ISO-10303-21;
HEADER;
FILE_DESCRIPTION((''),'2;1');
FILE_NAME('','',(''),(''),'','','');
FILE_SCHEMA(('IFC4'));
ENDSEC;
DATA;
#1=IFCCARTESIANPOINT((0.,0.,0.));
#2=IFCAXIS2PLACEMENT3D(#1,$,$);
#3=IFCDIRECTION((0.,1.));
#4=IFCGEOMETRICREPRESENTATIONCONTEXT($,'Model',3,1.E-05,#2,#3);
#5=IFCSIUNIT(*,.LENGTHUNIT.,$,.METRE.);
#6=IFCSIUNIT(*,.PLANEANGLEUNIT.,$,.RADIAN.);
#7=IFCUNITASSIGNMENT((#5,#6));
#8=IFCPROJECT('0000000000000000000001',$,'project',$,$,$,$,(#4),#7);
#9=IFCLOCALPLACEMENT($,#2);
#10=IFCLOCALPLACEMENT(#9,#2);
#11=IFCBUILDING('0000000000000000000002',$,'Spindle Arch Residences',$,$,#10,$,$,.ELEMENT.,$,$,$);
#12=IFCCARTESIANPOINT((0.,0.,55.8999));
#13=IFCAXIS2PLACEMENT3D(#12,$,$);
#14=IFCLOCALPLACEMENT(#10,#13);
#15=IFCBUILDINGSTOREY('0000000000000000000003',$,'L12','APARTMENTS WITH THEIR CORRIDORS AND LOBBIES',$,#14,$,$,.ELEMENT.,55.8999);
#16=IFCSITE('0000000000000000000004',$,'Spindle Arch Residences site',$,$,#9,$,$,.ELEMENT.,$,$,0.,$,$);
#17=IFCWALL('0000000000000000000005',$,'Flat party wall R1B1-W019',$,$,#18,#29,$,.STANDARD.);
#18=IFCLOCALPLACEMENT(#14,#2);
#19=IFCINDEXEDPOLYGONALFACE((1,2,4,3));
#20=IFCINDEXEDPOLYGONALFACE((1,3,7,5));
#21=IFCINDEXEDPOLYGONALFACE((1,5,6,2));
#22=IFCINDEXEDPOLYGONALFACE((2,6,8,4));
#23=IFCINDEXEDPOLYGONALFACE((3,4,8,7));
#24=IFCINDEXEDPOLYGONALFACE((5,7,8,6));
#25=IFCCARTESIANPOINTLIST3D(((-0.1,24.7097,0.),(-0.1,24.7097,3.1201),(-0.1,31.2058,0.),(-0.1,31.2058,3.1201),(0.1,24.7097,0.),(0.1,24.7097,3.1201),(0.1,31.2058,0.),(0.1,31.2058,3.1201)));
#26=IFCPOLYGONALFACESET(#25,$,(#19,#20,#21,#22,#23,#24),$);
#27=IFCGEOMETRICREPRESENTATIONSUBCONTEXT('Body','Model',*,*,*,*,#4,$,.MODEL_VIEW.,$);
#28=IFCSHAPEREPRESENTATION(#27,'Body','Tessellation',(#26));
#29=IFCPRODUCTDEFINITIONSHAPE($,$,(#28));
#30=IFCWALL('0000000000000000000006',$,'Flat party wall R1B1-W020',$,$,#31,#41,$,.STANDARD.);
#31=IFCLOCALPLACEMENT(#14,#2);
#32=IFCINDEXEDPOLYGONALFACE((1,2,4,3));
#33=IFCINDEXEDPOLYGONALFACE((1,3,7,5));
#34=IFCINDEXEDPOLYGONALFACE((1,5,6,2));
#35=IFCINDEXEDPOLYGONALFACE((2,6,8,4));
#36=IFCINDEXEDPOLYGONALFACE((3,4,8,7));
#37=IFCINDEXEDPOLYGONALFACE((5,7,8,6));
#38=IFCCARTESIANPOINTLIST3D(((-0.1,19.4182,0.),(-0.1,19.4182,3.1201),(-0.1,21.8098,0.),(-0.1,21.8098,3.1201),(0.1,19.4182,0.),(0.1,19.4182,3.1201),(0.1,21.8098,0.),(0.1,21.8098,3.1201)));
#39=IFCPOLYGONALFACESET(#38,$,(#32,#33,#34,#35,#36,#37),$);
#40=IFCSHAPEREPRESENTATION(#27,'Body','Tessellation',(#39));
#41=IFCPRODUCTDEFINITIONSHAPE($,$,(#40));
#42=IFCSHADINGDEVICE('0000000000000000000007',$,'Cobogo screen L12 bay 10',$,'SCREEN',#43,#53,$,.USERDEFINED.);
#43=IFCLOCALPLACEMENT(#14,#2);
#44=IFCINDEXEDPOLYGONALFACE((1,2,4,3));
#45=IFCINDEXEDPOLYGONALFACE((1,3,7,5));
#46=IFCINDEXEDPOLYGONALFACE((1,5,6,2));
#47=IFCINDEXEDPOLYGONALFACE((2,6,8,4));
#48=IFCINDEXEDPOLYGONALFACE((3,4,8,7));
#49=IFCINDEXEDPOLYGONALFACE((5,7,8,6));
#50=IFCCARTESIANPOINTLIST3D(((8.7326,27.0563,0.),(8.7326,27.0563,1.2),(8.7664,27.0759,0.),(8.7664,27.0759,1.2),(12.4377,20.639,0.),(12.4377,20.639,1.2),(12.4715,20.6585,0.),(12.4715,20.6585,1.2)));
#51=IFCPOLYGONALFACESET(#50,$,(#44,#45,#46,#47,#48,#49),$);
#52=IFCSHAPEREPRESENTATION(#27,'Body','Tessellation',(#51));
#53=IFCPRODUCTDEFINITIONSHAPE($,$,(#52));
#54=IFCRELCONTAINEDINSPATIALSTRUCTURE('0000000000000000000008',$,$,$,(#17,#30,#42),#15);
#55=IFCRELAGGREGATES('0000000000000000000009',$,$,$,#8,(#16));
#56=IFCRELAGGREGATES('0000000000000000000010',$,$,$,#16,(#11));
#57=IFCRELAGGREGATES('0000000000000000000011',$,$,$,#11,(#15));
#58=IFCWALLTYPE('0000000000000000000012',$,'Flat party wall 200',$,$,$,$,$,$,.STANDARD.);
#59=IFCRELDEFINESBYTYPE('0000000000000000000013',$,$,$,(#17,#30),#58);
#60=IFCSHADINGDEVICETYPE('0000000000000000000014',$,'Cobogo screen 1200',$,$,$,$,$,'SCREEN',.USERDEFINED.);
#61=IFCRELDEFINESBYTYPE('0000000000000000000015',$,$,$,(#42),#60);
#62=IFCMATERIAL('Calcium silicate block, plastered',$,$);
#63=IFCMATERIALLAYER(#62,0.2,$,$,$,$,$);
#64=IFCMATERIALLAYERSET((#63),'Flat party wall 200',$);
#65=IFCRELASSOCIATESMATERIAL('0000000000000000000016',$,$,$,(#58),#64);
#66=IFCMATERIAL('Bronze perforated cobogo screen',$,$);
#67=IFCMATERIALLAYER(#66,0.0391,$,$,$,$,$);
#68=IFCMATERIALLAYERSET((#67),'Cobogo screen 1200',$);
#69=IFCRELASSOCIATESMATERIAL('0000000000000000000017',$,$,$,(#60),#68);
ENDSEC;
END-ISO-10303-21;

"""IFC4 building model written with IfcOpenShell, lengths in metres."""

from ifc_helpers import new_model, si_unit, direction, frame, frame_2d, origin, origin_2d, place, context, subcontext, project, spatial, rectangle, extrude, material, layer, layer_set, type_object, element, save


model = new_model("IFC4")

# Units and contexts
model_context = context("Model", 3, precision=1e-05, world=origin(), true_north=direction((0.0, 1.0)))
body_context = subcontext(model_context, "Body", "Model", "MODEL_VIEW")
ifc_project = project(units=[si_unit("LENGTHUNIT", "METRE"), si_unit("PLANEANGLEUNIT", "RADIAN")], contexts=[model_context])

# Site, building, storey
site_placement = place(None, origin())
site = spatial("IfcSite", under=ifc_project, at=site_placement, Name="Spindle Arch Residences site", CompositionType="ELEMENT", RefElevation=0.0)
building_placement = place(site_placement, origin())
building = spatial("IfcBuilding", under=site, at=building_placement, Name="Spindle Arch Residences", CompositionType="ELEMENT")
storey_placement = place(building_placement, frame((0.0, 0.0, 55.8999)))
storey = spatial("IfcBuildingStorey", under=building, at=storey_placement, Name="L12", Description="APARTMENTS WITH THEIR CORRIDORS AND LOBBIES", CompositionType="ELEMENT", Elevation=55.8999)

# Walls
ifc_material_1 = material(Name="Calcium silicate block, plastered")
ifc_layer_1 = layer(ifc_material_1, 0.2)
ifc_layer_set_1 = layer_set([ifc_layer_1], Name="Flat party wall 200")
wall_type_1 = type_object("IfcWallType", Name="Flat party wall 200", PredefinedType="STANDARD", material=ifc_layer_set_1)
wall_1_placement = place(storey_placement, frame((0.0, 31.2058, 0.0), z_axis=(0.0, 0.0, 1.0), x_axis=(0.0, -1.0, 0.0)))
element("IfcWall", 1, at=wall_1_placement, inside=storey, type_object=wall_type_1, Name="Flat party wall R1B1-W019", PredefinedType="STANDARD", context=body_context, shape_type="SweptSolid", body=[
    extrude(rectangle(XDim=6.4961, YDim=0.2, at=frame_2d((3.248, 0.0))), origin(), (0.0, 0.0, 1.0), 3.1201),
])
wall_2_placement = place(storey_placement, frame((0.0, 21.8098, 0.0), z_axis=(0.0, 0.0, 1.0), x_axis=(0.0, -1.0, 0.0)))
element("IfcWall", 2, at=wall_2_placement, inside=storey, type_object=wall_type_1, Name="Flat party wall R1B1-W020", PredefinedType="STANDARD", context=body_context, shape_type="SweptSolid", body=[
    extrude(rectangle(XDim=2.3916, YDim=0.2, at=frame_2d((1.1958, 0.0))), origin(), (0.0, 0.0, 1.0), 3.1201),
])

# Shading device
ifc_material_2 = material(Name="Bronze perforated cobogo screen")
ifc_layer_2 = layer(ifc_material_2, 0.0391)
ifc_layer_set_2 = layer_set([ifc_layer_2], Name="Cobogo screen 1200")
shading_device_type = type_object("IfcShadingDeviceType", Name="Cobogo screen 1200", ElementType="SCREEN", PredefinedType="USERDEFINED", material=ifc_layer_set_2)
shading_device_placement = place(storey_placement, frame((10.6021, 23.8574, 0.0), z_axis=(0.0, 0.0, 1.0), x_axis=(-0.5, 0.866025, 0.0)))
element("IfcShadingDevice", 3, at=shading_device_placement, inside=storey, type_object=shading_device_type, Name="Cobogo screen L12 bay 10", ObjectType="SCREEN", PredefinedType="USERDEFINED", context=body_context, shape_type="SweptSolid", body=[
    extrude(rectangle(XDim=7.4102, YDim=0.0391, at=origin_2d()), origin(), (0.0, 0.0, 1.0), 1.2),
])

save(model, "model.ifc")
